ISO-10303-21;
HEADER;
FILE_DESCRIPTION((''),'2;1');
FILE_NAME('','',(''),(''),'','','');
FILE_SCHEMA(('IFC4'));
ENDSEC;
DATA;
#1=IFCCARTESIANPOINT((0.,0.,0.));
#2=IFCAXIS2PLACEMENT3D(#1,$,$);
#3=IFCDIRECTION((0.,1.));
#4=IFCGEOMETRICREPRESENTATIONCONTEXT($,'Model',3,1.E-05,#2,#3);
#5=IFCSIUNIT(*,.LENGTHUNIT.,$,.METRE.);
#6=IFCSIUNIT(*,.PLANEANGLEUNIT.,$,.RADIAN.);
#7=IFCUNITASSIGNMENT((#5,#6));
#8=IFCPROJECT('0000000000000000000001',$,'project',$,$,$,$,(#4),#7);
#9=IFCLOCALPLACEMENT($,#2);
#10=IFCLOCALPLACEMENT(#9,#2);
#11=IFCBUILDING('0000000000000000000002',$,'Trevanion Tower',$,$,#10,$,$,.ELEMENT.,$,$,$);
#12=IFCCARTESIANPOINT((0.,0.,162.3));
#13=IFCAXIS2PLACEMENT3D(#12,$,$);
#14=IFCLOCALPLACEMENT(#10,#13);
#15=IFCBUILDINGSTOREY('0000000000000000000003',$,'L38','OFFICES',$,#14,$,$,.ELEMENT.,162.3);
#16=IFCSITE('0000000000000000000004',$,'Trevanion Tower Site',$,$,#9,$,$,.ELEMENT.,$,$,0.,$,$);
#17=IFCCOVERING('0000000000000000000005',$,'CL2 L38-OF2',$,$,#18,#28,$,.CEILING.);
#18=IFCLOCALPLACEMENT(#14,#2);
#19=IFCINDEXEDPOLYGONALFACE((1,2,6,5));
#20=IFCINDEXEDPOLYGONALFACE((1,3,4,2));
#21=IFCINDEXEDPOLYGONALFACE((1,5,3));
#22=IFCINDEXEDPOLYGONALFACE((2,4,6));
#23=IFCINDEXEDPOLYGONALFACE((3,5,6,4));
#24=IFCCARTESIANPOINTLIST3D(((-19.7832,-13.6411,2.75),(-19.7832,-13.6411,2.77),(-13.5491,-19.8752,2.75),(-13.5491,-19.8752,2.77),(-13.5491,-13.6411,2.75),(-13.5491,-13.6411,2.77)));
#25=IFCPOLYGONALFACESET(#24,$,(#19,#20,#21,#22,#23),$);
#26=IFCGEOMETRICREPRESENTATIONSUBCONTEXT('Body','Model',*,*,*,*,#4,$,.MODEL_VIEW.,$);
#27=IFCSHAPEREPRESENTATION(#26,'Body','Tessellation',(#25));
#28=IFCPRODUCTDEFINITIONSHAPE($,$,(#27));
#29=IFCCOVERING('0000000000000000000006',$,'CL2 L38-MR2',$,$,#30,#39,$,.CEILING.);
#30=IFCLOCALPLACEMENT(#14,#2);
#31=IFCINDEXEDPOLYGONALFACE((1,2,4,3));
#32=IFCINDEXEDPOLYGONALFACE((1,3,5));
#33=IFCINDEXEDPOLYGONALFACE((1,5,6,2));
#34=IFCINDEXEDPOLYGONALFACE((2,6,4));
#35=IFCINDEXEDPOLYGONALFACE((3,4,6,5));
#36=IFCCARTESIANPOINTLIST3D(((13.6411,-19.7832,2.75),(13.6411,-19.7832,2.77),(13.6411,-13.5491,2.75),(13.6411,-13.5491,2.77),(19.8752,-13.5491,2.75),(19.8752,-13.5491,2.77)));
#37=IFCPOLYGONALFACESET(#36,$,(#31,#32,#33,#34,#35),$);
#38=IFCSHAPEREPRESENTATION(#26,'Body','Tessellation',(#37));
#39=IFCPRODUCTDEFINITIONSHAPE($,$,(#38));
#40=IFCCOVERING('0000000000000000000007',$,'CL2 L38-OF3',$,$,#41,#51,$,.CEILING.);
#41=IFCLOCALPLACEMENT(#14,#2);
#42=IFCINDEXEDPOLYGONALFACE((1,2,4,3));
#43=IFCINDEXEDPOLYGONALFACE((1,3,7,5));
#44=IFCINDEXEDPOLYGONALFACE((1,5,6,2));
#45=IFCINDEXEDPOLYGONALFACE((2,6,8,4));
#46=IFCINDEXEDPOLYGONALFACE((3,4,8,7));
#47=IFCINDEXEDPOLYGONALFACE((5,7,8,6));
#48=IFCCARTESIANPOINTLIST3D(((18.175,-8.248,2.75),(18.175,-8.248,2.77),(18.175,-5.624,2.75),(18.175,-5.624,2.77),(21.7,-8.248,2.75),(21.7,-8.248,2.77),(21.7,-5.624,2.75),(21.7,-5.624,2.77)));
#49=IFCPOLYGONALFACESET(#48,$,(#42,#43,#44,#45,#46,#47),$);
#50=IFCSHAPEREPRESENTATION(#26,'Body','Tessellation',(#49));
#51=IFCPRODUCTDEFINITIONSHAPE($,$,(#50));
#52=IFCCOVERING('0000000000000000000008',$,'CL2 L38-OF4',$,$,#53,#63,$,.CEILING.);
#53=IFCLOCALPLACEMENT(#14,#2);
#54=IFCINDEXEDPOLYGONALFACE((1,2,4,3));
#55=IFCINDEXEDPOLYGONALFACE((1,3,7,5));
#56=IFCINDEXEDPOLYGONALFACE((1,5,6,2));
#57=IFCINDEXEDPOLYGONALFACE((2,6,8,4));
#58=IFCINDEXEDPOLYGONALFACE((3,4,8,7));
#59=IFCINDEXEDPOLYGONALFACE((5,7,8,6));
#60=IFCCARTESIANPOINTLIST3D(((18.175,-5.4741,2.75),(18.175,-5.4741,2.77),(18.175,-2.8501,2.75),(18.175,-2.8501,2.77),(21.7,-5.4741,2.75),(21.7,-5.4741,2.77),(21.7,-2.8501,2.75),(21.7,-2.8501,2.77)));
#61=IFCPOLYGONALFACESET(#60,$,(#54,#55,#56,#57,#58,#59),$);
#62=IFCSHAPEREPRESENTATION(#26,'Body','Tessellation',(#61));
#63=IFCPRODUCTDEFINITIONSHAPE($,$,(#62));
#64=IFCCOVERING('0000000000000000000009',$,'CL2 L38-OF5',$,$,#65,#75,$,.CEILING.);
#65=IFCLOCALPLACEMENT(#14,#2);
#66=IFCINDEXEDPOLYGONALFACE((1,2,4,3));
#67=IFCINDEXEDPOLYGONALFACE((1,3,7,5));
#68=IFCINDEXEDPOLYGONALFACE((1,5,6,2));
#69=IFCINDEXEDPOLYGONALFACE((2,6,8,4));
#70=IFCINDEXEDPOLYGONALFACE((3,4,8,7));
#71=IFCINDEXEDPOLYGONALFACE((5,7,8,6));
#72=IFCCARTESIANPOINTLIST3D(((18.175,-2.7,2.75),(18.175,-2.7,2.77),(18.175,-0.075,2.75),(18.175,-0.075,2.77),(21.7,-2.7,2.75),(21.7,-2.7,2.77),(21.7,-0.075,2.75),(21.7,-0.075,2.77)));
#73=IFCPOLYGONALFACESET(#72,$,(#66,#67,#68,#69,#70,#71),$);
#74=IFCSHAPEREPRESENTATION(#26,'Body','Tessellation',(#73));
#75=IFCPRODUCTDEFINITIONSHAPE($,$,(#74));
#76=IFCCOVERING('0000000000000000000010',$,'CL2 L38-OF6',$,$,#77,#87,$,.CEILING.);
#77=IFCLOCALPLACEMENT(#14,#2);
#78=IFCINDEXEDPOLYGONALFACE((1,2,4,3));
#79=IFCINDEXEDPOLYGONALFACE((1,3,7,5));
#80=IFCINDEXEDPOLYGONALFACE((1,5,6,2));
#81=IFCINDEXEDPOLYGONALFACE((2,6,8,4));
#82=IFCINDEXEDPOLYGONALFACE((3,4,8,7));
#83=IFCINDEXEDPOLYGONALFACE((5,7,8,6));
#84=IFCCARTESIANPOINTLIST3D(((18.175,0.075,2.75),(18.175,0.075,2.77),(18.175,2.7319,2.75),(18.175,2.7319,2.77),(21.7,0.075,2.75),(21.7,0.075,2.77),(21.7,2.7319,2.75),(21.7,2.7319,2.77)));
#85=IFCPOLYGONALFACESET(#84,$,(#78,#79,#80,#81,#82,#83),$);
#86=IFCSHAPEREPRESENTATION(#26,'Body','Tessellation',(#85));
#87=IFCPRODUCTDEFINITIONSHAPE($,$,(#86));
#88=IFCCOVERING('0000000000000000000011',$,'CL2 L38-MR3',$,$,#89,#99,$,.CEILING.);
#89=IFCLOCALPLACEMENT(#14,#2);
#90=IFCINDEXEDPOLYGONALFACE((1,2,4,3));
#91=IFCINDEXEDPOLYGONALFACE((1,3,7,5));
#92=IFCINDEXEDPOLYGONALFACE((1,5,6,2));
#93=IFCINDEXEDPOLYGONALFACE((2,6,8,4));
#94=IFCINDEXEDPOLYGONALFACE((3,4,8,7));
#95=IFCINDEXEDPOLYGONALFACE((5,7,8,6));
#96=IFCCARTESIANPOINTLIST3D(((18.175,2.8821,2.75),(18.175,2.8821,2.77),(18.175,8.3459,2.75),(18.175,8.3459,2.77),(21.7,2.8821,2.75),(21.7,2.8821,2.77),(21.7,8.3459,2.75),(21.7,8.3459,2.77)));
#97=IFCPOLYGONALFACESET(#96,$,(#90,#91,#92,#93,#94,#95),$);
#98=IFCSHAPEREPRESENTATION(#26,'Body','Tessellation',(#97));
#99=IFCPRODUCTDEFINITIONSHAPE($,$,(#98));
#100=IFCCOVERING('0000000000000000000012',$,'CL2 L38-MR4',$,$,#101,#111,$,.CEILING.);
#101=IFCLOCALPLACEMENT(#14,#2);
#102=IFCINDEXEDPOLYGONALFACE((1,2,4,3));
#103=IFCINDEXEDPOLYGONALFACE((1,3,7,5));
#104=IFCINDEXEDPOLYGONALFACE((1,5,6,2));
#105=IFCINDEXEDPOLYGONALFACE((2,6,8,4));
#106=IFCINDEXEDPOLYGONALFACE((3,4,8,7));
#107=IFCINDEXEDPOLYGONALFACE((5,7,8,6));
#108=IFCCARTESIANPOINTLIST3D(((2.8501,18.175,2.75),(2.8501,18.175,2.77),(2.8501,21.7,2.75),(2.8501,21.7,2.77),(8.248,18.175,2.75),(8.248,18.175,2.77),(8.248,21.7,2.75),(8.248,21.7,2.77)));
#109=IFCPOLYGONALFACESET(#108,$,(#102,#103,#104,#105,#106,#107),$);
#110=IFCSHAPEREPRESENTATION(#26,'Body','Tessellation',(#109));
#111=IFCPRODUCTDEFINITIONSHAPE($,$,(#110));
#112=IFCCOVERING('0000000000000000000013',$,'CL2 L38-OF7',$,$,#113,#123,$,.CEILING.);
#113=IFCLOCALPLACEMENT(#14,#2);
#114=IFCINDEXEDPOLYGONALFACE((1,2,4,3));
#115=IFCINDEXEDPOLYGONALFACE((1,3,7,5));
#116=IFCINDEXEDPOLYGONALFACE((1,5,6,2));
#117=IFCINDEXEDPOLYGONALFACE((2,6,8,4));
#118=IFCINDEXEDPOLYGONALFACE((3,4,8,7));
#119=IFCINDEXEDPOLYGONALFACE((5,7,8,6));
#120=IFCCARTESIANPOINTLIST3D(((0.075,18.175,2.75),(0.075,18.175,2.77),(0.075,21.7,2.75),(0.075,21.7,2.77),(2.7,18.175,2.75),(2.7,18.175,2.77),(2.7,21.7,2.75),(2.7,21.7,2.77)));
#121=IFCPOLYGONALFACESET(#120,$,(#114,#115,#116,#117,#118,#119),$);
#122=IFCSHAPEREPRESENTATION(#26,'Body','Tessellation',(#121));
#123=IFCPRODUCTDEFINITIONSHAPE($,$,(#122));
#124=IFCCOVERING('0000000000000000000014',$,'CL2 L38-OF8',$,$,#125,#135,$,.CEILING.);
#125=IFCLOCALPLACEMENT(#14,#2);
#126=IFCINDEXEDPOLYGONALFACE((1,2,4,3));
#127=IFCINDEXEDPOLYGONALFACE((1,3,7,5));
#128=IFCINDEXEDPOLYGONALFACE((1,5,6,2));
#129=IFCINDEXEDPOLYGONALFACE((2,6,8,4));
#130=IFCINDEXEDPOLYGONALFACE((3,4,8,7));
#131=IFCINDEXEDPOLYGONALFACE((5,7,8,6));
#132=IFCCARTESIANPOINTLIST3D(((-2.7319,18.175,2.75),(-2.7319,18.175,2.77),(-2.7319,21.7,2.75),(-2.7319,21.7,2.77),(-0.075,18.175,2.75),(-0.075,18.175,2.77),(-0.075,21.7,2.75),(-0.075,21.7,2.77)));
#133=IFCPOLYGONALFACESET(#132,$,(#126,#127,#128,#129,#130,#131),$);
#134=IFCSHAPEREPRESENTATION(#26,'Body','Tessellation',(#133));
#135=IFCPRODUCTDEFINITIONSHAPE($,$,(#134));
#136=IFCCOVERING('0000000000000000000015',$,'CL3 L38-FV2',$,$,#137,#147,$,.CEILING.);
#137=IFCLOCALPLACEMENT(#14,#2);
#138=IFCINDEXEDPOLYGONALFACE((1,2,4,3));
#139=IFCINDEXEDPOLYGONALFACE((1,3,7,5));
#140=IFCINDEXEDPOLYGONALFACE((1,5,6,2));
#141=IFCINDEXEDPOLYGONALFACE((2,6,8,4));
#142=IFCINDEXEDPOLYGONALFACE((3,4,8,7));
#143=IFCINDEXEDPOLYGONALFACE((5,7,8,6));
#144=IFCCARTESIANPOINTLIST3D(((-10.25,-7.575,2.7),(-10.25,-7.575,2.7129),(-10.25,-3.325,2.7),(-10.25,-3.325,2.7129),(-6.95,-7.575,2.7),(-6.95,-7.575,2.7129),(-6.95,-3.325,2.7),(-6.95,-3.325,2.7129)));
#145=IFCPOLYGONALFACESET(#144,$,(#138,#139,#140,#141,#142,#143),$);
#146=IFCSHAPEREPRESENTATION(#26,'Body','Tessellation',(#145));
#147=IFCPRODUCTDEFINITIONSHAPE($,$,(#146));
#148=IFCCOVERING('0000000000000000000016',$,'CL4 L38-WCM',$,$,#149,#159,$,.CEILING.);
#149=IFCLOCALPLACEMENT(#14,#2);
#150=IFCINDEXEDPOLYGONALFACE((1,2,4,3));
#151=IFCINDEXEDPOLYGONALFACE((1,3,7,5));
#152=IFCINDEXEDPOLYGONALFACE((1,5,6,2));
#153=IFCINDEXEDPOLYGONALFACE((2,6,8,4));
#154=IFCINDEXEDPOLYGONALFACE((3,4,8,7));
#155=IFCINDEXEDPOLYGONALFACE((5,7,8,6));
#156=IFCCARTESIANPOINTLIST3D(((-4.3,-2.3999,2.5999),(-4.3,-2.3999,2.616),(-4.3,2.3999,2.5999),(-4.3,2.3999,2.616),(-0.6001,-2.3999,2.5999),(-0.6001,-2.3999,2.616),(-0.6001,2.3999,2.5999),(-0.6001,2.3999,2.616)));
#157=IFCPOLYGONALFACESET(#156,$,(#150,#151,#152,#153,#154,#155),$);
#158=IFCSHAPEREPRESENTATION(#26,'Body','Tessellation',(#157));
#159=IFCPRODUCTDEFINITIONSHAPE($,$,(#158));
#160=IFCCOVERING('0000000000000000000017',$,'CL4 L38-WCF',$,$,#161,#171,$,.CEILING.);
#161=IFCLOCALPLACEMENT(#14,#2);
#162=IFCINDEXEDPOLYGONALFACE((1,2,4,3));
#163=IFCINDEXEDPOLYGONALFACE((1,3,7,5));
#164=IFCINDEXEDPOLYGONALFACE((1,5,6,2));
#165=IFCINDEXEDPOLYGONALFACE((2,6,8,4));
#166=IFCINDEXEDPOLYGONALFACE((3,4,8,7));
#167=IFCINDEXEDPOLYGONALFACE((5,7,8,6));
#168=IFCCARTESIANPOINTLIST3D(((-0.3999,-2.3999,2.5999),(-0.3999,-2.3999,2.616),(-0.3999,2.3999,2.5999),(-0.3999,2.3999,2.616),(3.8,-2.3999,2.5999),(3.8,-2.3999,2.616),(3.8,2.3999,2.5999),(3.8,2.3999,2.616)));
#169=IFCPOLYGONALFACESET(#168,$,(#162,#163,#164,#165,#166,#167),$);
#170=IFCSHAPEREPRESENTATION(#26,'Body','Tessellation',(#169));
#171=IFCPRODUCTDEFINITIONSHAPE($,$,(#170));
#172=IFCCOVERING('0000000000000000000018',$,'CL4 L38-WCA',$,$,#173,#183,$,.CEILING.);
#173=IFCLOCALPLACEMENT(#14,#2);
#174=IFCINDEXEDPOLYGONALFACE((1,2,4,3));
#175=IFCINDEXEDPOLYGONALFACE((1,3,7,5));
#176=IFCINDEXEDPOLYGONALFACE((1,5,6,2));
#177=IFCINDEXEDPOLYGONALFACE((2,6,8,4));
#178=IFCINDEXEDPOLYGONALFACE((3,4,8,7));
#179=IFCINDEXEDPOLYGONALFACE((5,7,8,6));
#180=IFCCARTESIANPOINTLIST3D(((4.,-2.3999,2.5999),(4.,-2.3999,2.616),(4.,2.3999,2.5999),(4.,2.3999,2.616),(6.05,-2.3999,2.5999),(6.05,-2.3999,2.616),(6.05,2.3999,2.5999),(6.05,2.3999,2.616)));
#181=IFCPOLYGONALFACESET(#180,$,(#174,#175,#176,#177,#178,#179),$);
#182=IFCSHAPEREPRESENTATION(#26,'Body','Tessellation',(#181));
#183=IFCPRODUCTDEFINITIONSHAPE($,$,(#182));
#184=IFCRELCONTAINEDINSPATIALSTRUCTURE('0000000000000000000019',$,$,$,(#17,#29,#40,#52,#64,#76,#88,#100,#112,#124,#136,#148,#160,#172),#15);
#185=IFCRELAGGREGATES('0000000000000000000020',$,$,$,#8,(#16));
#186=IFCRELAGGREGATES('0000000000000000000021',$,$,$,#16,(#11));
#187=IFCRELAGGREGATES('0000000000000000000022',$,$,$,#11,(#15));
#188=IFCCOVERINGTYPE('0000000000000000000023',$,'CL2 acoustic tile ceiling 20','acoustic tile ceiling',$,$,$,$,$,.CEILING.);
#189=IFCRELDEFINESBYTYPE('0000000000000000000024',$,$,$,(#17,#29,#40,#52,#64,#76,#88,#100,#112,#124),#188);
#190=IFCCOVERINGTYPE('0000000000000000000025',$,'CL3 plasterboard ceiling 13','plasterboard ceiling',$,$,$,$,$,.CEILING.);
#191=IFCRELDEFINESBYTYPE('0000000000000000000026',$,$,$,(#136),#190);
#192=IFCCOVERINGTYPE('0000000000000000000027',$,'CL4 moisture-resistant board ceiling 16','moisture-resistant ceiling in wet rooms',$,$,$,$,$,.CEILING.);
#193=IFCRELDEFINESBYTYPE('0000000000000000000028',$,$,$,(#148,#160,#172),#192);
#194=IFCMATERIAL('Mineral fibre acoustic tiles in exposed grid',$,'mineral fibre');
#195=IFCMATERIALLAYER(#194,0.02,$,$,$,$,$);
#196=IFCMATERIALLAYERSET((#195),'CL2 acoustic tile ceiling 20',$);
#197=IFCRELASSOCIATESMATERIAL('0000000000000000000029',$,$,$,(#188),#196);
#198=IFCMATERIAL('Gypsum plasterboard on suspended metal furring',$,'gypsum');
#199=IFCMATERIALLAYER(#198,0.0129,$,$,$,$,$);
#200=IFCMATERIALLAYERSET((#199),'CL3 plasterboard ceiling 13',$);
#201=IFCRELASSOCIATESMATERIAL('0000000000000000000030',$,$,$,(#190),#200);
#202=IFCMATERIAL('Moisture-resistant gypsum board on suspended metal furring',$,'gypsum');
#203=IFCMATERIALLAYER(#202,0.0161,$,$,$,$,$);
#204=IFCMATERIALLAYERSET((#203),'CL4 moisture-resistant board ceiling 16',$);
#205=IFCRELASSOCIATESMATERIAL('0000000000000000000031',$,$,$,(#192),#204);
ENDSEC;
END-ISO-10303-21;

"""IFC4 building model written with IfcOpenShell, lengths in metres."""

from ifc_helpers import new_model, si_unit, direction, frame, origin, place, context, subcontext, project, spatial, polyline, outline, extrude, material, layer, layer_set, type_object, element, save


model = new_model("IFC4")

# Units and contexts
model_context = context("Model", 3, precision=1e-05, world=origin(), true_north=direction((0.0, 1.0)))
body_context = subcontext(model_context, "Body", "Model", "MODEL_VIEW")
ifc_project = project(units=[si_unit("LENGTHUNIT", "METRE"), si_unit("PLANEANGLEUNIT", "RADIAN")], contexts=[model_context])

# Site, building, storey
site_placement = place(None, origin())
site = spatial("IfcSite", under=ifc_project, at=site_placement, Name="Trevanion Tower Site", CompositionType="ELEMENT", RefElevation=0.0)
building_placement = place(site_placement, origin())
building = spatial("IfcBuilding", under=site, at=building_placement, Name="Trevanion Tower", CompositionType="ELEMENT")
storey_placement = place(building_placement, frame((0.0, 0.0, 162.3)))
storey = spatial("IfcBuildingStorey", under=building, at=storey_placement, Name="L38", Description="OFFICES", CompositionType="ELEMENT", Elevation=162.3)

# Coverings
ifc_material_1 = material(Name="Mineral fibre acoustic tiles in exposed grid", Category="mineral fibre")
ifc_layer_1 = layer(ifc_material_1, 0.02)
ifc_layer_set_1 = layer_set([ifc_layer_1], Name="CL2 acoustic tile ceiling 20")
covering_type_1 = type_object("IfcCoveringType", Name="CL2 acoustic tile ceiling 20", Description="acoustic tile ceiling", PredefinedType="CEILING", material=ifc_layer_set_1)
covering_1_placement = place(storey_placement, frame((0.0, 0.0, 2.75)))
element("IfcCovering", 1, at=covering_1_placement, inside=storey, type_object=covering_type_1, Name="CL2 L38-OF2", PredefinedType="CEILING", context=body_context, shape_type="SweptSolid", body=[
    extrude(outline(polyline([(-13.5491, -19.8752), (-19.7832, -13.6411), (-13.5491, -13.6411), (-13.5491, -19.8752)])), origin(), (0.0, 0.0, 1.0), 0.02),
])
covering_2_placement = place(storey_placement, frame((0.0, 0.0, 2.75)))
element("IfcCovering", 2, at=covering_2_placement, inside=storey, type_object=covering_type_1, Name="CL2 L38-MR2", PredefinedType="CEILING", context=body_context, shape_type="SweptSolid", body=[
    extrude(outline(polyline([(19.8752, -13.5491), (13.6411, -19.7832), (13.6411, -13.5491), (19.8752, -13.5491)])), origin(), (0.0, 0.0, 1.0), 0.02),
])
covering_3_placement = place(storey_placement, frame((0.0, 0.0, 2.75)))
element("IfcCovering", 3, at=covering_3_placement, inside=storey, type_object=covering_type_1, Name="CL2 L38-OF3", PredefinedType="CEILING", context=body_context, shape_type="SweptSolid", body=[
    extrude(outline(polyline([(18.175, -8.248), (18.175, -5.624), (21.7, -5.624), (21.7, -8.248), (18.175, -8.248)])), origin(), (0.0, 0.0, 1.0), 0.02),
])
covering_4_placement = place(storey_placement, frame((0.0, 0.0, 2.75)))
element("IfcCovering", 4, at=covering_4_placement, inside=storey, type_object=covering_type_1, Name="CL2 L38-OF4", PredefinedType="CEILING", context=body_context, shape_type="SweptSolid", body=[
    extrude(outline(polyline([(18.175, -5.4741), (18.175, -2.8501), (21.7, -2.8501), (21.7, -5.4741), (18.175, -5.4741)])), origin(), (0.0, 0.0, 1.0), 0.02),
])
covering_5_placement = place(storey_placement, frame((0.0, 0.0, 2.75)))
element("IfcCovering", 5, at=covering_5_placement, inside=storey, type_object=covering_type_1, Name="CL2 L38-OF5", PredefinedType="CEILING", context=body_context, shape_type="SweptSolid", body=[
    extrude(outline(polyline([(18.175, -2.7), (18.175, -0.075), (21.7, -0.075), (21.7, -2.7), (18.175, -2.7)])), origin(), (0.0, 0.0, 1.0), 0.02),
])
covering_6_placement = place(storey_placement, frame((0.0, 0.0, 2.75)))
element("IfcCovering", 6, at=covering_6_placement, inside=storey, type_object=covering_type_1, Name="CL2 L38-OF6", PredefinedType="CEILING", context=body_context, shape_type="SweptSolid", body=[
    extrude(outline(polyline([(18.175, 0.075), (18.175, 2.7319), (21.7, 2.7319), (21.7, 0.075), (18.175, 0.075)])), origin(), (0.0, 0.0, 1.0), 0.02),
])
covering_7_placement = place(storey_placement, frame((0.0, 0.0, 2.75)))
element("IfcCovering", 7, at=covering_7_placement, inside=storey, type_object=covering_type_1, Name="CL2 L38-MR3", PredefinedType="CEILING", context=body_context, shape_type="SweptSolid", body=[
    extrude(outline(polyline([(18.175, 2.8821), (18.175, 8.3459), (21.7, 8.3459), (21.7, 2.8821), (18.175, 2.8821)])), origin(), (0.0, 0.0, 1.0), 0.02),
])
covering_8_placement = place(storey_placement, frame((0.0, 0.0, 2.75)))
element("IfcCovering", 8, at=covering_8_placement, inside=storey, type_object=covering_type_1, Name="CL2 L38-MR4", PredefinedType="CEILING", context=body_context, shape_type="SweptSolid", body=[
    extrude(outline(polyline([(8.248, 18.175), (2.8501, 18.175), (2.8501, 21.7), (8.248, 21.7), (8.248, 18.175)])), origin(), (0.0, 0.0, 1.0), 0.02),
])
covering_9_placement = place(storey_placement, frame((0.0, 0.0, 2.75)))
element("IfcCovering", 9, at=covering_9_placement, inside=storey, type_object=covering_type_1, Name="CL2 L38-OF7", PredefinedType="CEILING", context=body_context, shape_type="SweptSolid", body=[
    extrude(outline(polyline([(2.7, 18.175), (0.075, 18.175), (0.075, 21.7), (2.7, 21.7), (2.7, 18.175)])), origin(), (0.0, 0.0, 1.0), 0.02),
])
covering_10_placement = place(storey_placement, frame((0.0, 0.0, 2.75)))
element("IfcCovering", 10, at=covering_10_placement, inside=storey, type_object=covering_type_1, Name="CL2 L38-OF8", PredefinedType="CEILING", context=body_context, shape_type="SweptSolid", body=[
    extrude(outline(polyline([(-0.075, 18.175), (-2.7319, 18.175), (-2.7319, 21.7), (-0.075, 21.7), (-0.075, 18.175)])), origin(), (0.0, 0.0, 1.0), 0.02),
])
ifc_material_2 = material(Name="Gypsum plasterboard on suspended metal furring", Category="gypsum")
ifc_layer_2 = layer(ifc_material_2, 0.0129)
ifc_layer_set_2 = layer_set([ifc_layer_2], Name="CL3 plasterboard ceiling 13")
covering_type_2 = type_object("IfcCoveringType", Name="CL3 plasterboard ceiling 13", Description="plasterboard ceiling", PredefinedType="CEILING", material=ifc_layer_set_2)
covering_11_placement = place(storey_placement, frame((0.0, 0.0, 2.7)))
element("IfcCovering", 11, at=covering_11_placement, inside=storey, type_object=covering_type_2, Name="CL3 L38-FV2", PredefinedType="CEILING", context=body_context, shape_type="SweptSolid", body=[
    extrude(outline(polyline([(-10.25, -3.325), (-10.25, -7.575), (-6.95, -7.575), (-6.95, -3.325), (-10.25, -3.325)])), origin(), (0.0, 0.0, 1.0), 0.0129),
])
ifc_material_3 = material(Name="Moisture-resistant gypsum board on suspended metal furring", Category="gypsum")
ifc_layer_3 = layer(ifc_material_3, 0.0161)
ifc_layer_set_3 = layer_set([ifc_layer_3], Name="CL4 moisture-resistant board ceiling 16")
covering_type_3 = type_object("IfcCoveringType", Name="CL4 moisture-resistant board ceiling 16", Description="moisture-resistant ceiling in wet rooms", PredefinedType="CEILING", material=ifc_layer_set_3)
covering_12_placement = place(storey_placement, frame((0.0, 0.0, 2.5999)))
element("IfcCovering", 12, at=covering_12_placement, inside=storey, type_object=covering_type_3, Name="CL4 L38-WCM", PredefinedType="CEILING", context=body_context, shape_type="SweptSolid", body=[
    extrude(outline(polyline([(-0.6001, -2.3999), (-0.6001, 2.3999), (-4.3, 2.3999), (-4.3, -2.3999), (-0.6001, -2.3999)])), origin(), (0.0, 0.0, 1.0), 0.0161),
])
covering_13_placement = place(storey_placement, frame((0.0, 0.0, 2.5999)))
element("IfcCovering", 13, at=covering_13_placement, inside=storey, type_object=covering_type_3, Name="CL4 L38-WCF", PredefinedType="CEILING", context=body_context, shape_type="SweptSolid", body=[
    extrude(outline(polyline([(3.8, -2.3999), (3.8, 2.3999), (-0.3999, 2.3999), (-0.3999, -2.3999), (3.8, -2.3999)])), origin(), (0.0, 0.0, 1.0), 0.0161),
])
covering_14_placement = place(storey_placement, frame((0.0, 0.0, 2.5999)))
element("IfcCovering", 14, at=covering_14_placement, inside=storey, type_object=covering_type_3, Name="CL4 L38-WCA", PredefinedType="CEILING", context=body_context, shape_type="SweptSolid", body=[
    extrude(outline(polyline([(6.05, -2.3999), (6.05, 2.3999), (4.0, 2.3999), (4.0, -2.3999), (6.05, -2.3999)])), origin(), (0.0, 0.0, 1.0), 0.0161),
])

save(model, "model.ifc")
